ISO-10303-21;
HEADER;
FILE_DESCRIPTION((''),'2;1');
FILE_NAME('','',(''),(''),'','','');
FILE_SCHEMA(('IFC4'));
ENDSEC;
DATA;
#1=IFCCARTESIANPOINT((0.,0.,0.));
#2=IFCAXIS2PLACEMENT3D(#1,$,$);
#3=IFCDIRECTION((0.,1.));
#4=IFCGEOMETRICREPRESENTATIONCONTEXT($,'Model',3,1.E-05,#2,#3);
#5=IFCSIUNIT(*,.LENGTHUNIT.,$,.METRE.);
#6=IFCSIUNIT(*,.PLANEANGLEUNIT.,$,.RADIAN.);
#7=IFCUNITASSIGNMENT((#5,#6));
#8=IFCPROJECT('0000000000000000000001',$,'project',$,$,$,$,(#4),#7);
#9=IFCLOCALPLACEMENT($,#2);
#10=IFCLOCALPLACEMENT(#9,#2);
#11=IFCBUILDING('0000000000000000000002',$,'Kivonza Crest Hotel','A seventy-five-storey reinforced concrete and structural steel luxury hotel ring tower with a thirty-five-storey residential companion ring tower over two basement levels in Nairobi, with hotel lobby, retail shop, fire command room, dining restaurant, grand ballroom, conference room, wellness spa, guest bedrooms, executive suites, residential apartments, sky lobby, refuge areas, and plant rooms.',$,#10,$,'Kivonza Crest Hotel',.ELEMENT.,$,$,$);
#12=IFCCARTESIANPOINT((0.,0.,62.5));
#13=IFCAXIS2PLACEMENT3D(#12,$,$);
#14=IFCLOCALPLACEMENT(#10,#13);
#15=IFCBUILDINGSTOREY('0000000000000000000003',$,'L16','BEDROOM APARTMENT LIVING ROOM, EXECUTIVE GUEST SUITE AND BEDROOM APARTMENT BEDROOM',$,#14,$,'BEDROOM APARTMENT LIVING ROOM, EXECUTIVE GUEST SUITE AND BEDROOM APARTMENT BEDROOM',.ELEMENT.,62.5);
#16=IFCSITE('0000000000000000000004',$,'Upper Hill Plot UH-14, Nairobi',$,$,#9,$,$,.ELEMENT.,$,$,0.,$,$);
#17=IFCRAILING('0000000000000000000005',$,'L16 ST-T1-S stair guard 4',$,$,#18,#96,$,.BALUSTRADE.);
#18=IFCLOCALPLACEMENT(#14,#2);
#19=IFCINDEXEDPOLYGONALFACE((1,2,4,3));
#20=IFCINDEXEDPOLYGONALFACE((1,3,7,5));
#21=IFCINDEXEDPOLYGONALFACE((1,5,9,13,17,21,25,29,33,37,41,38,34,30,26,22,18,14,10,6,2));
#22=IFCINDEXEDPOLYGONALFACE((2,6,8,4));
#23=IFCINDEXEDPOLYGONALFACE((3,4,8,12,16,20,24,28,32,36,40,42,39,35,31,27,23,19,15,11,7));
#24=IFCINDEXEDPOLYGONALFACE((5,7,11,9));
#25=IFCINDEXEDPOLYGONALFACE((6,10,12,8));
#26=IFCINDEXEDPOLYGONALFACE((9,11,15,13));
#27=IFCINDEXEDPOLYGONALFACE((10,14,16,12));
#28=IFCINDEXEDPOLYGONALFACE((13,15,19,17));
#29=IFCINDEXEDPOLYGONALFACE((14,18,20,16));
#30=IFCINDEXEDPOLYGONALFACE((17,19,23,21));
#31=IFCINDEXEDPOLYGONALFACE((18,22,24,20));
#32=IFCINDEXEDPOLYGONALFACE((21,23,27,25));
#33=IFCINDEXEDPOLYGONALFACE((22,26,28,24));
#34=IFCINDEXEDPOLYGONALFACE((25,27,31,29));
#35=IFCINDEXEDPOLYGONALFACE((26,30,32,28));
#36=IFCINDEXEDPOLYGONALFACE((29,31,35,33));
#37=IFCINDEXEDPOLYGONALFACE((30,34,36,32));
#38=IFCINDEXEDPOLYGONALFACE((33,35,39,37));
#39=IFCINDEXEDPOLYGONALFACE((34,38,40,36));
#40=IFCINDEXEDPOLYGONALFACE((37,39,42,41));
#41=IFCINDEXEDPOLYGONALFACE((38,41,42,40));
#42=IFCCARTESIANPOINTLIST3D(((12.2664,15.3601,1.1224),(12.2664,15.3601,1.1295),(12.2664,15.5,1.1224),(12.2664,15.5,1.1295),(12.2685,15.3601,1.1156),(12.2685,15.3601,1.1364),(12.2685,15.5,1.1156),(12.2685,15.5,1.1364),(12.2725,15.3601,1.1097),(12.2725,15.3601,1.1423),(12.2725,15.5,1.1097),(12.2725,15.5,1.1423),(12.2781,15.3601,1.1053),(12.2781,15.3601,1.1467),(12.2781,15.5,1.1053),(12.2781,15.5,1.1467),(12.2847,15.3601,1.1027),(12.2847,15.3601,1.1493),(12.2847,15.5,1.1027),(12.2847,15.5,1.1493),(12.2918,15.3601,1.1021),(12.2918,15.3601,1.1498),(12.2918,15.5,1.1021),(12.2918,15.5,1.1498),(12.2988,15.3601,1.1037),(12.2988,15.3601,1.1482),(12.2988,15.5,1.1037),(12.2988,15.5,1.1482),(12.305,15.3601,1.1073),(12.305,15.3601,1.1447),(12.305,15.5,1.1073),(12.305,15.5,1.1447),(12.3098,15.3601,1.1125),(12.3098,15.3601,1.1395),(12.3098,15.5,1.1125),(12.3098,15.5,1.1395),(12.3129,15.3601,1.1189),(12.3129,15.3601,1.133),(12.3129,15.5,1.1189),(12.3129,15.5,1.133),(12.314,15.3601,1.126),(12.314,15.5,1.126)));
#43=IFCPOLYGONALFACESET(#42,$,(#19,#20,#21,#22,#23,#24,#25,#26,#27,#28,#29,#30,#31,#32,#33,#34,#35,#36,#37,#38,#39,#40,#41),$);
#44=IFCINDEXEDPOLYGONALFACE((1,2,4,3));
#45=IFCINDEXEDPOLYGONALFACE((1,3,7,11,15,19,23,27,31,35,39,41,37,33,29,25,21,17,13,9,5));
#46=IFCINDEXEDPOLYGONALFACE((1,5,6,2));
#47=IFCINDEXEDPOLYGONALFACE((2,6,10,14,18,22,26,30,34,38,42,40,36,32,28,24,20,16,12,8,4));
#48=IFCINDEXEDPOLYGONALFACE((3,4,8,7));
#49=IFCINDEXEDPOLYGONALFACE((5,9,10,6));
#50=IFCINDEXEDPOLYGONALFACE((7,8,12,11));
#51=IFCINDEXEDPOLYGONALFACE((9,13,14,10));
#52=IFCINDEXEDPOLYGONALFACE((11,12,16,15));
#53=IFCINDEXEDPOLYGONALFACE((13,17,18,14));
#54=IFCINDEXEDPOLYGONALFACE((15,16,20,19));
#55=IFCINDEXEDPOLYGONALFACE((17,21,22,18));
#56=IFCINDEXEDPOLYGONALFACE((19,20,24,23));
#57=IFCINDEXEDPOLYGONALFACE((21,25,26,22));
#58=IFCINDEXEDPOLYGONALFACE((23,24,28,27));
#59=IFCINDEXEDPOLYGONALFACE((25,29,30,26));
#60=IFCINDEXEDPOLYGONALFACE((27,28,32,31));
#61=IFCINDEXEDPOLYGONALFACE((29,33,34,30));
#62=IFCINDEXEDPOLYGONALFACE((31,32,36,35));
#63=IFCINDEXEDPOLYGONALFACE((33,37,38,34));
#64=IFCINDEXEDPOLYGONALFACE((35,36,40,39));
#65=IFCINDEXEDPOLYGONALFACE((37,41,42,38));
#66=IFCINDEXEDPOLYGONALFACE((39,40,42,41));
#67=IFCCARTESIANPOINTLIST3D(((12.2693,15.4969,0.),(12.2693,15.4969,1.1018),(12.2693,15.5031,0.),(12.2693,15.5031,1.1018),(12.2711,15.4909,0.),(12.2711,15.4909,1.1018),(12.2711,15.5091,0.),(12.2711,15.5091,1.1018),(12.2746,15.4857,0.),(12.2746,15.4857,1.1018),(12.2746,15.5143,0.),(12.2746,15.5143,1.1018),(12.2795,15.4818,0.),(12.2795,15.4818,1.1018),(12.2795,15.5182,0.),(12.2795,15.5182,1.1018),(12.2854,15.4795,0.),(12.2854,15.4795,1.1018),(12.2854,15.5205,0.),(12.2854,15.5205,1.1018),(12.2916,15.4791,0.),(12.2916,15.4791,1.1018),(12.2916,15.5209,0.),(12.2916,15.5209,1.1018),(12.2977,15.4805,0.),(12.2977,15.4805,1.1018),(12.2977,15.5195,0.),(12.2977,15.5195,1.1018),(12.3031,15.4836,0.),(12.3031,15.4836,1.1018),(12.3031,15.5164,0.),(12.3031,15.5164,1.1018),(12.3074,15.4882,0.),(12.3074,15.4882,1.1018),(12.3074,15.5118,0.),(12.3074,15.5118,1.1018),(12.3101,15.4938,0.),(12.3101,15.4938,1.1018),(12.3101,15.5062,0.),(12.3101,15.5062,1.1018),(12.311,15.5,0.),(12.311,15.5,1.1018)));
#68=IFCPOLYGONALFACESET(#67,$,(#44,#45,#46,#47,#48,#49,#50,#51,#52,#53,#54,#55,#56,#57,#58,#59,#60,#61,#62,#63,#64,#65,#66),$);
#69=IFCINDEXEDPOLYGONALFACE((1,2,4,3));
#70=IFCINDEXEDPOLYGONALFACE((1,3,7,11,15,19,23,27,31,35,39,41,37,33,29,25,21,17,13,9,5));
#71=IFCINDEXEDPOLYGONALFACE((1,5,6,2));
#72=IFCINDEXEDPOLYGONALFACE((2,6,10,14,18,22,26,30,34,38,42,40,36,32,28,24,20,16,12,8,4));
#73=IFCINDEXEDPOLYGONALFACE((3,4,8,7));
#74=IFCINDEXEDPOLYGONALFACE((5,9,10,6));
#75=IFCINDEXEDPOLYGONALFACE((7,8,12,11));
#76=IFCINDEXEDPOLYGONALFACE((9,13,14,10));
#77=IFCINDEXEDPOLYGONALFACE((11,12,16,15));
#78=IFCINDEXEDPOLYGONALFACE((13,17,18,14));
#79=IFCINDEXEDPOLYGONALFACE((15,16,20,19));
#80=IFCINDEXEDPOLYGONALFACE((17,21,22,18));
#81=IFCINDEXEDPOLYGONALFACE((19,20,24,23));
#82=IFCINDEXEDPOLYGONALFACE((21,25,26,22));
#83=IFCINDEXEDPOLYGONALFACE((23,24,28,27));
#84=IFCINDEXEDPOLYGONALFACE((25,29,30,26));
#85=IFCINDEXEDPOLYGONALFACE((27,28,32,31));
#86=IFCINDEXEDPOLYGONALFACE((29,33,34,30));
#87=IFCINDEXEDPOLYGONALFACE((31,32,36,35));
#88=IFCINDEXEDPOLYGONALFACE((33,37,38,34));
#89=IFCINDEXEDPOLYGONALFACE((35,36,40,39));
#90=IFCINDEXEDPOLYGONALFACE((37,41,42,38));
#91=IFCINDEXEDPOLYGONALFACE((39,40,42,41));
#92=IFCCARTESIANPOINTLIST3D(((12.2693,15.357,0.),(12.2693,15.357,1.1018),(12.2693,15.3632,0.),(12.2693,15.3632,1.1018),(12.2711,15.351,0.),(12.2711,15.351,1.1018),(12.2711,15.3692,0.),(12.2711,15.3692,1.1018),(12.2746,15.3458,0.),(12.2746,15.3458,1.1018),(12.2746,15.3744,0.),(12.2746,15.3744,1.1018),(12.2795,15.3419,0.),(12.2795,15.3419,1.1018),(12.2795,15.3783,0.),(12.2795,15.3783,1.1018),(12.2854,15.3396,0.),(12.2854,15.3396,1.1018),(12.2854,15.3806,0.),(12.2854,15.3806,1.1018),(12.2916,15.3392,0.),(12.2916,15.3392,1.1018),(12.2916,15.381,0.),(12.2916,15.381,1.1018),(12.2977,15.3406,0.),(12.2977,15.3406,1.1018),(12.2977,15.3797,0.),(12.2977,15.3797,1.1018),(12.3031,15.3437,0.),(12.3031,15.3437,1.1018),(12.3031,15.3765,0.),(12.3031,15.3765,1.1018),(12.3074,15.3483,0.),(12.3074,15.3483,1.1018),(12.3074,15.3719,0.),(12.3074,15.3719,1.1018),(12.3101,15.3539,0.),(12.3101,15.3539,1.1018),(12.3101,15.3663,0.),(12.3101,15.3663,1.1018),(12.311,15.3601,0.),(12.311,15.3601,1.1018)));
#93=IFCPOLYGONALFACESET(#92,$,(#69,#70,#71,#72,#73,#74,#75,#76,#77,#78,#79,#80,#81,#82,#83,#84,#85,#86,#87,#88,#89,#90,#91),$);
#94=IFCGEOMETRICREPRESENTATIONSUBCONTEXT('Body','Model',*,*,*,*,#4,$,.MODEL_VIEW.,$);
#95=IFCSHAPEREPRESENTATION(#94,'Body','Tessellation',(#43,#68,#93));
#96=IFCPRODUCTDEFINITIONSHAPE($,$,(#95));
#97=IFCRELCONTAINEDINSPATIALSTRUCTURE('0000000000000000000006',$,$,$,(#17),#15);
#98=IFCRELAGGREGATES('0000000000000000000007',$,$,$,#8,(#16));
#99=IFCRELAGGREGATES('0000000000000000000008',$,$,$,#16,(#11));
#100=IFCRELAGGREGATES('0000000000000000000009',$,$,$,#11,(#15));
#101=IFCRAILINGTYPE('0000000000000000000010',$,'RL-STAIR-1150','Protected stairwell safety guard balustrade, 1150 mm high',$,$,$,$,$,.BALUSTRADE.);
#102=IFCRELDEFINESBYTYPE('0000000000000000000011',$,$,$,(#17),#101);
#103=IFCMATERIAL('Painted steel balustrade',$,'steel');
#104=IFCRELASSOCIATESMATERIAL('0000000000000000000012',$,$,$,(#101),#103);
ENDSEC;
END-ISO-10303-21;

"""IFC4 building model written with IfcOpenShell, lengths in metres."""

from ifc_helpers import new_model, si_unit, direction, frame, origin, origin_2d, place, context, subcontext, project, spatial, circle, extrude, material, type_object, element, save


model = new_model("IFC4")

# Units and contexts
model_context = context("Model", 3, precision=1e-05, world=origin(), true_north=direction((0.0, 1.0)))
body_context = subcontext(model_context, "Body", "Model", "MODEL_VIEW")
ifc_project = project(units=[si_unit("LENGTHUNIT", "METRE"), si_unit("PLANEANGLEUNIT", "RADIAN")], contexts=[model_context])

# Site, building, storey
site_placement = place(None, origin())
site = spatial("IfcSite", under=ifc_project, at=site_placement, Name="Upper Hill Plot UH-14, Nairobi", CompositionType="ELEMENT", RefElevation=0.0)
building_placement = place(site_placement, origin())
building = spatial("IfcBuilding", under=site, at=building_placement, Name="Kivonza Crest Hotel", Description="A seventy-five-storey reinforced concrete and structural steel luxury hotel ring tower with a thirty-five-storey residential companion ring tower over two basement levels in Nairobi, with hotel lobby, retail shop, fire command room, dining restaurant, grand ballroom, conference room, wellness spa, guest bedrooms, executive suites, residential apartments, sky lobby, refuge areas, and plant rooms.", LongName="Kivonza Crest Hotel", CompositionType="ELEMENT")
storey_placement = place(building_placement, frame((0.0, 0.0, 62.5)))
storey = spatial("IfcBuildingStorey", under=building, at=storey_placement, Name="L16", Description="BEDROOM APARTMENT LIVING ROOM, EXECUTIVE GUEST SUITE AND BEDROOM APARTMENT BEDROOM", LongName="BEDROOM APARTMENT LIVING ROOM, EXECUTIVE GUEST SUITE AND BEDROOM APARTMENT BEDROOM", CompositionType="ELEMENT", Elevation=62.5)

# Railing
ifc_material_1 = material(Name="Painted steel balustrade", Category="steel")
railing_type_1 = type_object("IfcRailingType", Name="RL-STAIR-1150", Description="Protected stairwell safety guard balustrade, 1150 mm high", PredefinedType="BALUSTRADE", material=ifc_material_1)
railing_1_placement = place(storey_placement, frame((12.29, 15.5, 0.0)))
element("IfcRailing", 1, at=railing_1_placement, inside=storey, type_object=railing_type_1, Name="L16 ST-T1-S stair guard 4", PredefinedType="BALUSTRADE", context=body_context, shape_type="SweptSolid", body=[
    extrude(circle(Radius=0.0239, at=origin_2d()), frame((0.0, 0.0, 1.126), z_axis=(0.0, -1.0, 0.0), x_axis=(1.0, 0.0, 0.0)), (0.0, 0.0, 1.0), 0.1399),
    extrude(circle(Radius=0.021, at=origin_2d()), origin(), (0.0, 0.0, 1.0), 1.1018),
    extrude(circle(Radius=0.021, at=origin_2d()), frame((0.0, -0.1399, 0.0)), (0.0, 0.0, 1.0), 1.1018),
])

save(model, "model.ifc")
